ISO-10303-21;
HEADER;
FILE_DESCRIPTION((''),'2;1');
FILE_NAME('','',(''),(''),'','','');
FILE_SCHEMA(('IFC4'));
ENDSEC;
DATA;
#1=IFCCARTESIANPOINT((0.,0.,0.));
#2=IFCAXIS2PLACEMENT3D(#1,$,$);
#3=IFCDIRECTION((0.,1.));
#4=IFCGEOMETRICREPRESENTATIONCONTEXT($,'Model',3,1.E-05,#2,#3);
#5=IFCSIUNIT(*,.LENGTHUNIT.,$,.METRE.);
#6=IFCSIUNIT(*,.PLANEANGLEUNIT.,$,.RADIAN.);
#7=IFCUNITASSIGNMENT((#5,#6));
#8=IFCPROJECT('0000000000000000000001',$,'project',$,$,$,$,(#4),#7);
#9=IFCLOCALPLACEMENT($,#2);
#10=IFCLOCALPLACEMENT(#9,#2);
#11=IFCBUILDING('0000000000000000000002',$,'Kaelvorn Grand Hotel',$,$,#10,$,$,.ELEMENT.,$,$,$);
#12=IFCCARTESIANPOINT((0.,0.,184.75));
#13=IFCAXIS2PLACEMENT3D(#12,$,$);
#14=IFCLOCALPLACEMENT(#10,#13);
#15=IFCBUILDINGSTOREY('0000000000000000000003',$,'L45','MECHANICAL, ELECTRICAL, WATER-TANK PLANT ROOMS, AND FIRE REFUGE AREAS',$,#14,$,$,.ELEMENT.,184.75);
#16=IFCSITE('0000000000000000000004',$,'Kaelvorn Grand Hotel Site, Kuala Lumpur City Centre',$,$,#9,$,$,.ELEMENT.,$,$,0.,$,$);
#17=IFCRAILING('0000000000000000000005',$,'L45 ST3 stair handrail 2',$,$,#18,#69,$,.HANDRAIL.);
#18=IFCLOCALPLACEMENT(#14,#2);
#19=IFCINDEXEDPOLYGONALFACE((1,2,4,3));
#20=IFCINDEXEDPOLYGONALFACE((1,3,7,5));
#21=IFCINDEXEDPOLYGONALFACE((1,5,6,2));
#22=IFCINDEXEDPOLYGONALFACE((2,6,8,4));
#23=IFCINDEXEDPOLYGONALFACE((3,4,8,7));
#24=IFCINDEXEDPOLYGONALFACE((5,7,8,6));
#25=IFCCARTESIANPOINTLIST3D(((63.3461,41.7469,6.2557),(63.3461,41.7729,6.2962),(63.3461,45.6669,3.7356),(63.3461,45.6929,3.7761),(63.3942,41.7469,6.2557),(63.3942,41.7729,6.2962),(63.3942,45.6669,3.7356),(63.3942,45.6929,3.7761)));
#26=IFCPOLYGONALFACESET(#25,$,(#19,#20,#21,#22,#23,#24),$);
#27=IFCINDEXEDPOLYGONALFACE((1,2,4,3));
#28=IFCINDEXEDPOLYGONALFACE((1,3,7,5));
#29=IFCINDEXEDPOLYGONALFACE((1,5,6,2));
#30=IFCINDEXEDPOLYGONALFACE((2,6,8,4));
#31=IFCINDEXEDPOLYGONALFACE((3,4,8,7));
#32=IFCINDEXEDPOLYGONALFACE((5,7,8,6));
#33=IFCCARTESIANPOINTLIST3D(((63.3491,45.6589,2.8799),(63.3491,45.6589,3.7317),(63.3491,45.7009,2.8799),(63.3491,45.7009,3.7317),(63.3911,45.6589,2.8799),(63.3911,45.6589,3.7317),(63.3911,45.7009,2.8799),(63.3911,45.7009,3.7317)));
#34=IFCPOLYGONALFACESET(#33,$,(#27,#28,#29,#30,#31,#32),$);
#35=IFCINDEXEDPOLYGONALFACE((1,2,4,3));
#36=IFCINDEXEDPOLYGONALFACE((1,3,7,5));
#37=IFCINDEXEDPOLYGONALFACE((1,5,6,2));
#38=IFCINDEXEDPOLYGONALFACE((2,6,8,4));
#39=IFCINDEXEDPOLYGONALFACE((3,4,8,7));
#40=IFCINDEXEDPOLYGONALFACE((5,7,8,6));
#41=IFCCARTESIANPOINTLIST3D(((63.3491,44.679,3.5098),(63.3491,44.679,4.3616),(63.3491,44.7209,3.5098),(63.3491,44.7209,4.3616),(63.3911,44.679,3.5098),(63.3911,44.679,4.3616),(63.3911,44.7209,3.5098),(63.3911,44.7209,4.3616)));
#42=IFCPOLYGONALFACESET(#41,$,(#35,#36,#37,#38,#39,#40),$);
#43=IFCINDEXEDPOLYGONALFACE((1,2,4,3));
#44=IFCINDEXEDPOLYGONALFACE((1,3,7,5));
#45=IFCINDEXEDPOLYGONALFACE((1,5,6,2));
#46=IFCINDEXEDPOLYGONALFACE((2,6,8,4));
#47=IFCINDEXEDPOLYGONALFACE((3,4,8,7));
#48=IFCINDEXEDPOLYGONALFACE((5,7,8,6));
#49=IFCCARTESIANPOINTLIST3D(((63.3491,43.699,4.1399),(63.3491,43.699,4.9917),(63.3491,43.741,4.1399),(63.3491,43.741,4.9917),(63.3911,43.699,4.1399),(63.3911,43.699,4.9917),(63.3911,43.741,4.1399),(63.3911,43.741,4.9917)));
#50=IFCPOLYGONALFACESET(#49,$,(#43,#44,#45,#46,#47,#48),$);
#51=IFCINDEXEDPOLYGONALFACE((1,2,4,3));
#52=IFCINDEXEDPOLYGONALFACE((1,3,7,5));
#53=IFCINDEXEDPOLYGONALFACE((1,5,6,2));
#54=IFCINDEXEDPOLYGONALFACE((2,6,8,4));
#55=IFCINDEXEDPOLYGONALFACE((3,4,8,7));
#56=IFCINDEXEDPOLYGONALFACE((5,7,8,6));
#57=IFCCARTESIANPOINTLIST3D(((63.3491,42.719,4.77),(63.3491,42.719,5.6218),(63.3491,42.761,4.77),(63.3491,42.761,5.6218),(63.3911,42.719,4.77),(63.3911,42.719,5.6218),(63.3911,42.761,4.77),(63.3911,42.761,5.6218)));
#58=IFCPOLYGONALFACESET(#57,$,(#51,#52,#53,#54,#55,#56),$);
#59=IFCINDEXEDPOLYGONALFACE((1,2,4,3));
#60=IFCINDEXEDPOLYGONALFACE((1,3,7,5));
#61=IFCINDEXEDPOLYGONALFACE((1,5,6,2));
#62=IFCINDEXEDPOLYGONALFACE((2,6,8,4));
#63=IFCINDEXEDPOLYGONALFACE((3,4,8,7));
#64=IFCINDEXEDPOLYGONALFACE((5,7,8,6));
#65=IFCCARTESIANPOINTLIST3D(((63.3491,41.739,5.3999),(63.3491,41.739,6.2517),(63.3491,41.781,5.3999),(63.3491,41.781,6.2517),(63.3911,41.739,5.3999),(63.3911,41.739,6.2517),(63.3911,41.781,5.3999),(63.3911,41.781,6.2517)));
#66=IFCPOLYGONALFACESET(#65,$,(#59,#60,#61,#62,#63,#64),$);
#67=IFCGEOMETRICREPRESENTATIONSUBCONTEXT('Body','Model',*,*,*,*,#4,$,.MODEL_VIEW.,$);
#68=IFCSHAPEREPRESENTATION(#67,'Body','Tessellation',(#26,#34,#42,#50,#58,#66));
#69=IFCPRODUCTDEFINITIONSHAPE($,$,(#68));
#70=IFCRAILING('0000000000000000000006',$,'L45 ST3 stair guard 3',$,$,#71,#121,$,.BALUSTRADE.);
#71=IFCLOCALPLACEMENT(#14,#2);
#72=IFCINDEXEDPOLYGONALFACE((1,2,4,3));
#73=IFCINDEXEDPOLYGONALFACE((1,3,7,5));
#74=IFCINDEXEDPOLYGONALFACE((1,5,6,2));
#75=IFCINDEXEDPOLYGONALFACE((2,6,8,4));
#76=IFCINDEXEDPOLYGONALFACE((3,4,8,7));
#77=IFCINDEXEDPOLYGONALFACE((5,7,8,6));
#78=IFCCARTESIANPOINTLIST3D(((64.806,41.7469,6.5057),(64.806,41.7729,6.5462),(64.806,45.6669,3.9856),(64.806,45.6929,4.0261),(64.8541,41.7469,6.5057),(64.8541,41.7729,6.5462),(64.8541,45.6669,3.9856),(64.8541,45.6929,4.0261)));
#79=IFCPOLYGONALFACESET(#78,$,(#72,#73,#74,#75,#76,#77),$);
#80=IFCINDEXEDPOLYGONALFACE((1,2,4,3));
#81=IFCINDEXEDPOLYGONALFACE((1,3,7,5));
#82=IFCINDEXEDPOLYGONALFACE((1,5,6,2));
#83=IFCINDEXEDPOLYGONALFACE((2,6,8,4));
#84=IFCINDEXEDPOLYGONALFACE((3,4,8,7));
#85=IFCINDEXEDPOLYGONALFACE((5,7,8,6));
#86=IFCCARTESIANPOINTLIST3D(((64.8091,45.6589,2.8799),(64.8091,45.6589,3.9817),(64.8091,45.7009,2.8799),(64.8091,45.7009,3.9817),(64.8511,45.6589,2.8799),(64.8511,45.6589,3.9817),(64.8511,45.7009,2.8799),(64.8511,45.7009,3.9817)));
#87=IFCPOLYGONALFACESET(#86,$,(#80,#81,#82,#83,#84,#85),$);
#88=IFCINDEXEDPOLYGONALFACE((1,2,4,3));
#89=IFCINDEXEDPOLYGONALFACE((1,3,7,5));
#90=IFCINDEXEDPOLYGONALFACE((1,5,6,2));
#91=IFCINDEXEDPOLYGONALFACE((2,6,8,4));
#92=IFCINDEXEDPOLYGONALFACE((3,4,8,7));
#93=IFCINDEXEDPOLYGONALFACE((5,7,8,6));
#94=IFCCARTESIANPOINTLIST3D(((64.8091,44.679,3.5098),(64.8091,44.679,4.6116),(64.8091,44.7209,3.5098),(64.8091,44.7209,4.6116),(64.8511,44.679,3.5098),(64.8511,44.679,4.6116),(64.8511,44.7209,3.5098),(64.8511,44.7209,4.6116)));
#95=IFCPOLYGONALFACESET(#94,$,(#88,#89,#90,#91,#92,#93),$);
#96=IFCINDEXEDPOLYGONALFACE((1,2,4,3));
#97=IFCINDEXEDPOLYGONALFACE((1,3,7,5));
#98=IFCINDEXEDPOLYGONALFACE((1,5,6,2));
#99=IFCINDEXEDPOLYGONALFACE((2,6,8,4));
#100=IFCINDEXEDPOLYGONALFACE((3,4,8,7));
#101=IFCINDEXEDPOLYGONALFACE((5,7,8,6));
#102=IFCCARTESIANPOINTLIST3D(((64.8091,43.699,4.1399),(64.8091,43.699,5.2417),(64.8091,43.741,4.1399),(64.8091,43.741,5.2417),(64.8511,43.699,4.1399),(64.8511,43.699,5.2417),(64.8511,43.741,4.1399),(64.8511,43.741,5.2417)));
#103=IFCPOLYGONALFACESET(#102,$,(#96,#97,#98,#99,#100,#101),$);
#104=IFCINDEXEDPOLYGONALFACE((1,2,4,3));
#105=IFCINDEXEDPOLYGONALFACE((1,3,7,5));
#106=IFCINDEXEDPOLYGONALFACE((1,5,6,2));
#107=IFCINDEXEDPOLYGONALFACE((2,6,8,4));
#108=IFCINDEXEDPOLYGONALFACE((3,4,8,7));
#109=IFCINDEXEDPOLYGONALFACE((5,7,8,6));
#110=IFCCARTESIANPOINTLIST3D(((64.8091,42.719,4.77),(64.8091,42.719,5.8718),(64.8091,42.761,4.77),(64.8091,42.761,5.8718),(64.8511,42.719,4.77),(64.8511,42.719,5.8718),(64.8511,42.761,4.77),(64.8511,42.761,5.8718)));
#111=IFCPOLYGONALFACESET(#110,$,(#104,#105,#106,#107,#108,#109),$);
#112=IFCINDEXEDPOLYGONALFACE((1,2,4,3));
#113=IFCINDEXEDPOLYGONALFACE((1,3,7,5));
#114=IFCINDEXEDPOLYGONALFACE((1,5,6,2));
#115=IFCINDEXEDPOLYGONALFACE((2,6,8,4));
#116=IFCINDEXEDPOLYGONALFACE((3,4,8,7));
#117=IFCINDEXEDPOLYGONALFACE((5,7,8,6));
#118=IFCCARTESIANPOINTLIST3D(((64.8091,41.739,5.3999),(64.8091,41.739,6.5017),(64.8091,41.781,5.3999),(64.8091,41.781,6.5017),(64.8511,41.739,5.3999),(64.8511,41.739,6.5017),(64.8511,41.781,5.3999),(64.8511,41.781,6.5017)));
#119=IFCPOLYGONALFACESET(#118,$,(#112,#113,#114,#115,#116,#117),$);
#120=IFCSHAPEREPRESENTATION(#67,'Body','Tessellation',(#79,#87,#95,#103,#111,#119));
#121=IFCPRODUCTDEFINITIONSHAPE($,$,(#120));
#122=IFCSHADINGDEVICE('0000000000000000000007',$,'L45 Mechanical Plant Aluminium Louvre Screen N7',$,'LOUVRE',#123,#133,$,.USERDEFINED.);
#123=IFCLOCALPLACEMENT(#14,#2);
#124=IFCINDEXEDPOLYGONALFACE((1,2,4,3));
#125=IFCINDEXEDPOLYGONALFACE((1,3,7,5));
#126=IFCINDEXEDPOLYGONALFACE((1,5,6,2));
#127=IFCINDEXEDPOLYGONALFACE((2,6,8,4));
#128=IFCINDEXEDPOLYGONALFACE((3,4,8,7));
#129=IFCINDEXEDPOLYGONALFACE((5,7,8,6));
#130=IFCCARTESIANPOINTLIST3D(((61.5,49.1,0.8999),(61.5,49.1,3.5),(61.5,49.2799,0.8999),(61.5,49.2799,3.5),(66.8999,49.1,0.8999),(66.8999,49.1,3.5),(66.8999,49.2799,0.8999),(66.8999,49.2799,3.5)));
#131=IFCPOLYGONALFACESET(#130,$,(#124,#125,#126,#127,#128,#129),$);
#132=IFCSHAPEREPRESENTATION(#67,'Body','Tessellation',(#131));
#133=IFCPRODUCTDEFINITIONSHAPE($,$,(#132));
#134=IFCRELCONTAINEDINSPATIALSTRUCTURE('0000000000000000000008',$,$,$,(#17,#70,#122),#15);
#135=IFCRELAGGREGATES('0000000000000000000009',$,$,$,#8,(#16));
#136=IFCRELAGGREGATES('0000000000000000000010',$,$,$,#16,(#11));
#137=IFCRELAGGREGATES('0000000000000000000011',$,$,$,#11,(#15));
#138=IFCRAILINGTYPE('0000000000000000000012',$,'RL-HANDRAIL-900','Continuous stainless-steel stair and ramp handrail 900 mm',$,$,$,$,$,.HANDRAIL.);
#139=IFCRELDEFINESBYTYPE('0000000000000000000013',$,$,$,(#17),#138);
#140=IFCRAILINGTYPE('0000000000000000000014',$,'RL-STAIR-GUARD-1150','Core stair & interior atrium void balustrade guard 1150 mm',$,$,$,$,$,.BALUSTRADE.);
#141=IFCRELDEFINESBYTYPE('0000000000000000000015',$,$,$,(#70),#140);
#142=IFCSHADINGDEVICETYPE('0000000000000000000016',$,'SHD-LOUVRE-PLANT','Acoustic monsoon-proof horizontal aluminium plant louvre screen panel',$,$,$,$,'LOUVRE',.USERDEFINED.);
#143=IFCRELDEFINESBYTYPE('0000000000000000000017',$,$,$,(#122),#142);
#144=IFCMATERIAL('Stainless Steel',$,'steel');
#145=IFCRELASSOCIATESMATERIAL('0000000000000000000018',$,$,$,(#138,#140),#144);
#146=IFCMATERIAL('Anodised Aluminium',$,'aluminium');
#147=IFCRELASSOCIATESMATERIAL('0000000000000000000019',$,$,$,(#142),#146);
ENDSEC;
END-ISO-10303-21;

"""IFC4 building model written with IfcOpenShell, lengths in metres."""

from ifc_helpers import new_model, si_unit, direction, frame, origin, origin_2d, place, context, subcontext, project, spatial, rectangle, extrude, material, type_object, element, save


model = new_model("IFC4")

# Units and contexts
model_context = context("Model", 3, precision=1e-05, world=origin(), true_north=direction((0.0, 1.0)))
body_context = subcontext(model_context, "Body", "Model", "MODEL_VIEW")
ifc_project = project(units=[si_unit("LENGTHUNIT", "METRE"), si_unit("PLANEANGLEUNIT", "RADIAN")], contexts=[model_context])

# Site, building, storey
site_placement = place(None, origin())
site = spatial("IfcSite", under=ifc_project, at=site_placement, Name="Kaelvorn Grand Hotel Site, Kuala Lumpur City Centre", CompositionType="ELEMENT", RefElevation=0.0)
building_placement = place(site_placement, origin())
building = spatial("IfcBuilding", under=site, at=building_placement, Name="Kaelvorn Grand Hotel", CompositionType="ELEMENT")
storey_placement = place(building_placement, frame((0.0, 0.0, 184.75)))
storey = spatial("IfcBuildingStorey", under=building, at=storey_placement, Name="L45", Description="MECHANICAL, ELECTRICAL, WATER-TANK PLANT ROOMS, AND FIRE REFUGE AREAS", CompositionType="ELEMENT", Elevation=184.75)

# Shared definitions
ifc_material_1 = material(Name="Stainless Steel", Category="steel")

# Railings
railing_type_1 = type_object("IfcRailingType", Name="RL-HANDRAIL-900", Description="Continuous stainless-steel stair and ramp handrail 900 mm", PredefinedType="HANDRAIL", material=ifc_material_1)
railing_1_placement = place(storey_placement, frame((63.3701, 45.6799, 2.8799)))
element("IfcRailing", 1, at=railing_1_placement, inside=storey, type_object=railing_type_1, Name="L45 ST3 stair handrail 2", PredefinedType="HANDRAIL", context=body_context, shape_type="SweptSolid", body=[
    extrude(rectangle(XDim=0.0481, YDim=0.0481, at=origin_2d()), frame((0.0, 0.0, 0.876), z_axis=(0.0, -0.841172, 0.540768), x_axis=(1.0, 0.0, 0.0)), (0.0, 0.0, 1.0), 4.6602),
    extrude(rectangle(XDim=0.042, YDim=0.042, at=origin_2d()), origin(), (0.0, 0.0, 1.0), 0.8518),
    extrude(rectangle(XDim=0.042, YDim=0.042, at=origin_2d()), frame((0.0, -0.98, 0.6299)), (0.0, 0.0, 1.0), 0.8518),
    extrude(rectangle(XDim=0.042, YDim=0.042, at=origin_2d()), frame((0.0, -1.96, 1.26)), (0.0, 0.0, 1.0), 0.8518),
    extrude(rectangle(XDim=0.042, YDim=0.042, at=origin_2d()), frame((0.0, -2.9399, 1.8901)), (0.0, 0.0, 1.0), 0.8518),
    extrude(rectangle(XDim=0.042, YDim=0.042, at=origin_2d()), frame((0.0, -3.9199, 2.52)), (0.0, 0.0, 1.0), 0.8518),
])
railing_type_2 = type_object("IfcRailingType", Name="RL-STAIR-GUARD-1150", Description="Core stair & interior atrium void balustrade guard 1150 mm", PredefinedType="BALUSTRADE", material=ifc_material_1)
railing_2_placement = place(storey_placement, frame((64.8301, 45.6799, 2.8799)))
element("IfcRailing", 2, at=railing_2_placement, inside=storey, type_object=railing_type_2, Name="L45 ST3 stair guard 3", PredefinedType="BALUSTRADE", context=body_context, shape_type="SweptSolid", body=[
    extrude(rectangle(XDim=0.0481, YDim=0.0481, at=origin_2d()), frame((0.0, 0.0, 1.126), z_axis=(0.0, -0.841172, 0.540768), x_axis=(1.0, 0.0, 0.0)), (0.0, 0.0, 1.0), 4.6602),
    extrude(rectangle(XDim=0.042, YDim=0.042, at=origin_2d()), origin(), (0.0, 0.0, 1.0), 1.1018),
    extrude(rectangle(XDim=0.042, YDim=0.042, at=origin_2d()), frame((0.0, -0.98, 0.6299)), (0.0, 0.0, 1.0), 1.1018),
    extrude(rectangle(XDim=0.042, YDim=0.042, at=origin_2d()), frame((0.0, -1.96, 1.26)), (0.0, 0.0, 1.0), 1.1018),
    extrude(rectangle(XDim=0.042, YDim=0.042, at=origin_2d()), frame((0.0, -2.9399, 1.8901)), (0.0, 0.0, 1.0), 1.1018),
    extrude(rectangle(XDim=0.042, YDim=0.042, at=origin_2d()), frame((0.0, -3.9199, 2.52)), (0.0, 0.0, 1.0), 1.1018),
])

# Shading device
ifc_material_2 = material(Name="Anodised Aluminium", Category="aluminium")
shading_device_type = type_object("IfcShadingDeviceType", Name="SHD-LOUVRE-PLANT", Description="Acoustic monsoon-proof horizontal aluminium plant louvre screen panel", ElementType="LOUVRE", PredefinedType="USERDEFINED", material=ifc_material_2)
shading_device_placement = place(storey_placement, frame((64.2, 49.1899, 0.8999), z_axis=(0.0, 0.0, 1.0), x_axis=(1.0, 0.0, 0.0)))
element("IfcShadingDevice", 3, at=shading_device_placement, inside=storey, type_object=shading_device_type, Name="L45 Mechanical Plant Aluminium Louvre Screen N7", ObjectType="LOUVRE", PredefinedType="USERDEFINED", context=body_context, shape_type="SweptSolid", body=[
    extrude(rectangle(XDim=5.3999, YDim=0.1799, at=origin_2d()), origin(), (0.0, 0.0, 1.0), 2.6001),
])

save(model, "model.ifc")
